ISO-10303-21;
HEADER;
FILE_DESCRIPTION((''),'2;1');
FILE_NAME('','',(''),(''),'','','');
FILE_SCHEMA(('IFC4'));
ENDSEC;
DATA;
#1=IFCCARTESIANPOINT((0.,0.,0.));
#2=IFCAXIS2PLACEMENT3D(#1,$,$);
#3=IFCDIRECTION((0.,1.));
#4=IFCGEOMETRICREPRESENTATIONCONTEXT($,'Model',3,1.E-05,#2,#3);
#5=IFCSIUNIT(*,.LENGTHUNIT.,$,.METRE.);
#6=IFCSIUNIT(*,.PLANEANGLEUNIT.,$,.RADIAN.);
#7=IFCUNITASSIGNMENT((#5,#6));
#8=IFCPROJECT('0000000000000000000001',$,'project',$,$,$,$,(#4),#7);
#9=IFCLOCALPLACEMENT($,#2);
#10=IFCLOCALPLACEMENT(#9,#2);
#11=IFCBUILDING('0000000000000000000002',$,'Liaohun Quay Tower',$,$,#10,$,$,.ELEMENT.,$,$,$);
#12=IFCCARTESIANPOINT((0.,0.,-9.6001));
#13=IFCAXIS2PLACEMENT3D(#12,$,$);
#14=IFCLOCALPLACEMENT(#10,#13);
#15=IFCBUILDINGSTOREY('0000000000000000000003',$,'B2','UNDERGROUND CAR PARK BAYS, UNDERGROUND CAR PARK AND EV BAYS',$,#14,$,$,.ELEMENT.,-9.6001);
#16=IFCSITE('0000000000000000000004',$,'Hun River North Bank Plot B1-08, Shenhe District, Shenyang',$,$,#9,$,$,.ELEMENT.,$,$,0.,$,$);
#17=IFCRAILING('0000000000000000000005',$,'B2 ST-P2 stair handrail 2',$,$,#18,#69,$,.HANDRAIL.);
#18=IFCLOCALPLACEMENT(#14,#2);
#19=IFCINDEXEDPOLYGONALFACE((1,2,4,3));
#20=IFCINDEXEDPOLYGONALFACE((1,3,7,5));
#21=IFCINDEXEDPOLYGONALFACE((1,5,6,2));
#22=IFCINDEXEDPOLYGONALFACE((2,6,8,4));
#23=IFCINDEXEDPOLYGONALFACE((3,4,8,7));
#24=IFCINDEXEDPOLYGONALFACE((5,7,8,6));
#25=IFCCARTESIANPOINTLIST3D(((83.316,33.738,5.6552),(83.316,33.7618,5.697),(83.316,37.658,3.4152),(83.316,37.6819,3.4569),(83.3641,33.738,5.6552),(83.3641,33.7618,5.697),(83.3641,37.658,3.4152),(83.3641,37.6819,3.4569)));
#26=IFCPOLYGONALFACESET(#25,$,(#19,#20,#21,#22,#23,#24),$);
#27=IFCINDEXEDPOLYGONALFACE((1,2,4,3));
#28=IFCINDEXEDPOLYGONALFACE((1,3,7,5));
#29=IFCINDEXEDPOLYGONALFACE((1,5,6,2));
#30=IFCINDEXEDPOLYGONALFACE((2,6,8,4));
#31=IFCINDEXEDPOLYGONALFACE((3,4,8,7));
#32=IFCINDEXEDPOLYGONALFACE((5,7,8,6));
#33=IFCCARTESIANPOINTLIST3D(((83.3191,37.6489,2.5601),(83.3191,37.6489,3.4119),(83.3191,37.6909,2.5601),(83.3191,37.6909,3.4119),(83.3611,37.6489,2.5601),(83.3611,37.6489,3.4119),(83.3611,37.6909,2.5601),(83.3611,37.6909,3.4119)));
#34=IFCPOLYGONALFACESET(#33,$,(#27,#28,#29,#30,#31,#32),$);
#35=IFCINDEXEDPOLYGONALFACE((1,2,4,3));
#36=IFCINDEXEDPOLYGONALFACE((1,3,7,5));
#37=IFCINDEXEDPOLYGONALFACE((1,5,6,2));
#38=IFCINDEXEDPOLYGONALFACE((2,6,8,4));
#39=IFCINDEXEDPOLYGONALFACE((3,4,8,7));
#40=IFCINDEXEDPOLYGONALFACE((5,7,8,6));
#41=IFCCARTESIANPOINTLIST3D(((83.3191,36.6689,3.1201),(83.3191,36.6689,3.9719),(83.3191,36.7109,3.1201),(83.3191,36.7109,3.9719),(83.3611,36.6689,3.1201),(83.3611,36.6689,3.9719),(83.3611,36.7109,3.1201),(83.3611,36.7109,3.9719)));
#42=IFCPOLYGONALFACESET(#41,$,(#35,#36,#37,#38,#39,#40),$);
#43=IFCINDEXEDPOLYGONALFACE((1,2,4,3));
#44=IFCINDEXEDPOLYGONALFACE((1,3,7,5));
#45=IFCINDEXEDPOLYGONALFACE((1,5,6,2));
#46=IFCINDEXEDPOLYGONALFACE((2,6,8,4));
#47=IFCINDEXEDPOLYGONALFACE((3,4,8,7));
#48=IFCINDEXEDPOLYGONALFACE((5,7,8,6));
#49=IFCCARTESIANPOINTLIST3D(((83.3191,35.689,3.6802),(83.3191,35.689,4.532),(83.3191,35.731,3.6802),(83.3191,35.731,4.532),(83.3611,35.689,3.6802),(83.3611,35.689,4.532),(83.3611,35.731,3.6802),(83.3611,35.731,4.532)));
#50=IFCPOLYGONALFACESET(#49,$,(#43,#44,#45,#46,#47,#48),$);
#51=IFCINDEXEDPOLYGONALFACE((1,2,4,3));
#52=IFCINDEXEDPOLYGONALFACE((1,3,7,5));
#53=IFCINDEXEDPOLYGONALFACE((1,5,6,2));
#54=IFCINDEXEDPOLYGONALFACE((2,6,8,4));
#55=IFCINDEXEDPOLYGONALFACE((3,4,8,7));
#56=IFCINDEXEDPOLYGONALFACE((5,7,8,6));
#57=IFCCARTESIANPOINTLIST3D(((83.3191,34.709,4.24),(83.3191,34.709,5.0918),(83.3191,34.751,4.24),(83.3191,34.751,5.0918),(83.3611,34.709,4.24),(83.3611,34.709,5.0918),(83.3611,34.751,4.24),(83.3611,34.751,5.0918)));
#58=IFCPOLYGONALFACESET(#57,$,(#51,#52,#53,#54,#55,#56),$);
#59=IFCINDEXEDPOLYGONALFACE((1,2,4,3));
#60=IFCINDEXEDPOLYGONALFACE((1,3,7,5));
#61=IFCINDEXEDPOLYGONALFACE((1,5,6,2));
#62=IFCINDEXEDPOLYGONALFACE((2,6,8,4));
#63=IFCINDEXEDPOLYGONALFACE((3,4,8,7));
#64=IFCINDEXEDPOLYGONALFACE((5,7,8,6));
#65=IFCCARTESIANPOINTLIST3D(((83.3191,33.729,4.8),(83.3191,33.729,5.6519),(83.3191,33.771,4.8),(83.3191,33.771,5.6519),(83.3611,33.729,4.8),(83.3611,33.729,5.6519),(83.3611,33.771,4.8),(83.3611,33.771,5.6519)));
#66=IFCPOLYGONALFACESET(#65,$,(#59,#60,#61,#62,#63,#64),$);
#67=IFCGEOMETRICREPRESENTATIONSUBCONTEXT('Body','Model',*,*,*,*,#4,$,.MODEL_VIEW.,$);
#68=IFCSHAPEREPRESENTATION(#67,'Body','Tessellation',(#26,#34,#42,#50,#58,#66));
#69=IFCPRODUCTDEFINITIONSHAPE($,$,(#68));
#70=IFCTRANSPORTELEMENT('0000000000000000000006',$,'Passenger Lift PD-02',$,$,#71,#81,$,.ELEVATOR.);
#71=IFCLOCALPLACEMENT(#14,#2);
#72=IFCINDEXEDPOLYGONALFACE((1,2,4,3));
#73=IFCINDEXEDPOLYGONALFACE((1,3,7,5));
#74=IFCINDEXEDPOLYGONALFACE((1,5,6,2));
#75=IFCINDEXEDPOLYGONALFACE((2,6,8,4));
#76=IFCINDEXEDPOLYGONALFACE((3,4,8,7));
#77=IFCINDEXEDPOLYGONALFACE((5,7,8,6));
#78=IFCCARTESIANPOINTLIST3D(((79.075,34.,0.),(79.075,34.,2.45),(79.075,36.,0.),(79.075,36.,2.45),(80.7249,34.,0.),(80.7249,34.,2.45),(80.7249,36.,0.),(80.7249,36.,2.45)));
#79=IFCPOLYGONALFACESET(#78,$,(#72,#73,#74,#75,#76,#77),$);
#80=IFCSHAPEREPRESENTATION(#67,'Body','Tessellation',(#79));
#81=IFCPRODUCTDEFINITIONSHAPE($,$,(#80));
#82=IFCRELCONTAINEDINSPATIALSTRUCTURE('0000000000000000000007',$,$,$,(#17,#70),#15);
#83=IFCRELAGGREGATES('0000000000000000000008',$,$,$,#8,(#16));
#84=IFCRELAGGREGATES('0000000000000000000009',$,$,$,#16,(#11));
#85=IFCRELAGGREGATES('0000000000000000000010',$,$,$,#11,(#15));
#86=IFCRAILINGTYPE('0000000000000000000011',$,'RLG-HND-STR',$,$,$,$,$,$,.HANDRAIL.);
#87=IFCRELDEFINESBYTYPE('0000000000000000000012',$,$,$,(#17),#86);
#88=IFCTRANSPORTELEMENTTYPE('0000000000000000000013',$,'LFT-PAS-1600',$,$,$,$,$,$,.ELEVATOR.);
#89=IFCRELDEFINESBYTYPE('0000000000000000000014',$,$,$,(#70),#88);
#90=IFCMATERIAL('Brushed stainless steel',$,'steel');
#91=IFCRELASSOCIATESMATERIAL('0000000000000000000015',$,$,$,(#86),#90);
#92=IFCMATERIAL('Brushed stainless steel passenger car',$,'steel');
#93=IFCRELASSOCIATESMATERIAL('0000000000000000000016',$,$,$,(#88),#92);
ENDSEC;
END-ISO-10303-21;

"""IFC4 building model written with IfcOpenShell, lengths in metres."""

from ifc_helpers import new_model, si_unit, direction, frame, origin, origin_2d, place, context, subcontext, project, spatial, rectangle, extrude, source, transform, mapped, material, type_object, element, save


model = new_model("IFC4")

# Units and contexts
model_context = context("Model", 3, precision=1e-05, world=origin(), true_north=direction((0.0, 1.0)))
body_context = subcontext(model_context, "Body", "Model", "MODEL_VIEW")
ifc_project = project(units=[si_unit("LENGTHUNIT", "METRE"), si_unit("PLANEANGLEUNIT", "RADIAN")], contexts=[model_context])

# Site, building, storey
site_placement = place(None, origin())
site = spatial("IfcSite", under=ifc_project, at=site_placement, Name="Hun River North Bank Plot B1-08, Shenhe District, Shenyang", CompositionType="ELEMENT", RefElevation=0.0)
building_placement = place(site_placement, origin())
building = spatial("IfcBuilding", under=site, at=building_placement, Name="Liaohun Quay Tower", CompositionType="ELEMENT")
storey_placement = place(building_placement, frame((0.0, 0.0, -9.6001)))
storey = spatial("IfcBuildingStorey", under=building, at=storey_placement, Name="B2", Description="UNDERGROUND CAR PARK BAYS, UNDERGROUND CAR PARK AND EV BAYS", CompositionType="ELEMENT", Elevation=-9.6001)

# Railing
ifc_material_1 = material(Name="Brushed stainless steel", Category="steel")
railing_type_1 = type_object("IfcRailingType", Name="RLG-HND-STR", PredefinedType="HANDRAIL", material=ifc_material_1)
railing_1_placement = place(storey_placement, frame((83.3401, 37.6699, 2.5601)))
element("IfcRailing", 1, at=railing_1_placement, inside=storey, type_object=railing_type_1, Name="B2 ST-P2 stair handrail 2", PredefinedType="HANDRAIL", context=body_context, shape_type="SweptSolid", body=[
    extrude(rectangle(XDim=0.0481, YDim=0.0481, at=origin_2d()), frame((0.0, 0.0, 0.876), z_axis=(0.0, -0.86824, 0.496145), x_axis=(1.0, 0.0, 0.0)), (0.0, 0.0, 1.0), 4.5149),
    extrude(rectangle(XDim=0.042, YDim=0.042, at=origin_2d()), origin(), (0.0, 0.0, 1.0), 0.8518),
    extrude(rectangle(XDim=0.042, YDim=0.042, at=origin_2d()), frame((0.0, -0.98, 0.5601)), (0.0, 0.0, 1.0), 0.8518),
    extrude(rectangle(XDim=0.042, YDim=0.042, at=origin_2d()), frame((0.0, -1.96, 1.1201)), (0.0, 0.0, 1.0), 0.8518),
    extrude(rectangle(XDim=0.042, YDim=0.042, at=origin_2d()), frame((0.0, -2.9399, 1.6799)), (0.0, 0.0, 1.0), 0.8518),
    extrude(rectangle(XDim=0.042, YDim=0.042, at=origin_2d()), frame((0.0, -3.9199, 2.24)), (0.0, 0.0, 1.0), 0.8518),
])

# Transport element
ifc_material_2 = material(Name="Brushed stainless steel passenger car", Category="steel")
transport_element_type = type_object("IfcTransportElementType", Name="LFT-PAS-1600", PredefinedType="ELEVATOR", material=ifc_material_2)
shared_shape_1 = source(origin(), body_context, "Body", "SweptSolid", [
    extrude(rectangle(XDim=1.6499, YDim=2.0, at=origin_2d()), origin(), (0.0, 0.0, 1.0), 2.45),
])
transport_element_placement = place(storey_placement, frame((79.8999, 35.0, 0.0), z_axis=(0.0, 0.0, 1.0), x_axis=(1.0, 0.0, 0.0)))
element("IfcTransportElement", 2, at=transport_element_placement, inside=storey, type_object=transport_element_type, Name="Passenger Lift PD-02", PredefinedType="ELEVATOR", context=body_context, shape_type="MappedRepresentation", body=[
    mapped(shared_shape_1, transform((0.0, 0.0, 0.0), x_axis=(1.0, 0.0, 0.0), y_axis=(0.0, 1.0, 0.0), z_axis=(0.0, 0.0, 1.0), scale=1.0)),
])

save(model, "model.ifc")
